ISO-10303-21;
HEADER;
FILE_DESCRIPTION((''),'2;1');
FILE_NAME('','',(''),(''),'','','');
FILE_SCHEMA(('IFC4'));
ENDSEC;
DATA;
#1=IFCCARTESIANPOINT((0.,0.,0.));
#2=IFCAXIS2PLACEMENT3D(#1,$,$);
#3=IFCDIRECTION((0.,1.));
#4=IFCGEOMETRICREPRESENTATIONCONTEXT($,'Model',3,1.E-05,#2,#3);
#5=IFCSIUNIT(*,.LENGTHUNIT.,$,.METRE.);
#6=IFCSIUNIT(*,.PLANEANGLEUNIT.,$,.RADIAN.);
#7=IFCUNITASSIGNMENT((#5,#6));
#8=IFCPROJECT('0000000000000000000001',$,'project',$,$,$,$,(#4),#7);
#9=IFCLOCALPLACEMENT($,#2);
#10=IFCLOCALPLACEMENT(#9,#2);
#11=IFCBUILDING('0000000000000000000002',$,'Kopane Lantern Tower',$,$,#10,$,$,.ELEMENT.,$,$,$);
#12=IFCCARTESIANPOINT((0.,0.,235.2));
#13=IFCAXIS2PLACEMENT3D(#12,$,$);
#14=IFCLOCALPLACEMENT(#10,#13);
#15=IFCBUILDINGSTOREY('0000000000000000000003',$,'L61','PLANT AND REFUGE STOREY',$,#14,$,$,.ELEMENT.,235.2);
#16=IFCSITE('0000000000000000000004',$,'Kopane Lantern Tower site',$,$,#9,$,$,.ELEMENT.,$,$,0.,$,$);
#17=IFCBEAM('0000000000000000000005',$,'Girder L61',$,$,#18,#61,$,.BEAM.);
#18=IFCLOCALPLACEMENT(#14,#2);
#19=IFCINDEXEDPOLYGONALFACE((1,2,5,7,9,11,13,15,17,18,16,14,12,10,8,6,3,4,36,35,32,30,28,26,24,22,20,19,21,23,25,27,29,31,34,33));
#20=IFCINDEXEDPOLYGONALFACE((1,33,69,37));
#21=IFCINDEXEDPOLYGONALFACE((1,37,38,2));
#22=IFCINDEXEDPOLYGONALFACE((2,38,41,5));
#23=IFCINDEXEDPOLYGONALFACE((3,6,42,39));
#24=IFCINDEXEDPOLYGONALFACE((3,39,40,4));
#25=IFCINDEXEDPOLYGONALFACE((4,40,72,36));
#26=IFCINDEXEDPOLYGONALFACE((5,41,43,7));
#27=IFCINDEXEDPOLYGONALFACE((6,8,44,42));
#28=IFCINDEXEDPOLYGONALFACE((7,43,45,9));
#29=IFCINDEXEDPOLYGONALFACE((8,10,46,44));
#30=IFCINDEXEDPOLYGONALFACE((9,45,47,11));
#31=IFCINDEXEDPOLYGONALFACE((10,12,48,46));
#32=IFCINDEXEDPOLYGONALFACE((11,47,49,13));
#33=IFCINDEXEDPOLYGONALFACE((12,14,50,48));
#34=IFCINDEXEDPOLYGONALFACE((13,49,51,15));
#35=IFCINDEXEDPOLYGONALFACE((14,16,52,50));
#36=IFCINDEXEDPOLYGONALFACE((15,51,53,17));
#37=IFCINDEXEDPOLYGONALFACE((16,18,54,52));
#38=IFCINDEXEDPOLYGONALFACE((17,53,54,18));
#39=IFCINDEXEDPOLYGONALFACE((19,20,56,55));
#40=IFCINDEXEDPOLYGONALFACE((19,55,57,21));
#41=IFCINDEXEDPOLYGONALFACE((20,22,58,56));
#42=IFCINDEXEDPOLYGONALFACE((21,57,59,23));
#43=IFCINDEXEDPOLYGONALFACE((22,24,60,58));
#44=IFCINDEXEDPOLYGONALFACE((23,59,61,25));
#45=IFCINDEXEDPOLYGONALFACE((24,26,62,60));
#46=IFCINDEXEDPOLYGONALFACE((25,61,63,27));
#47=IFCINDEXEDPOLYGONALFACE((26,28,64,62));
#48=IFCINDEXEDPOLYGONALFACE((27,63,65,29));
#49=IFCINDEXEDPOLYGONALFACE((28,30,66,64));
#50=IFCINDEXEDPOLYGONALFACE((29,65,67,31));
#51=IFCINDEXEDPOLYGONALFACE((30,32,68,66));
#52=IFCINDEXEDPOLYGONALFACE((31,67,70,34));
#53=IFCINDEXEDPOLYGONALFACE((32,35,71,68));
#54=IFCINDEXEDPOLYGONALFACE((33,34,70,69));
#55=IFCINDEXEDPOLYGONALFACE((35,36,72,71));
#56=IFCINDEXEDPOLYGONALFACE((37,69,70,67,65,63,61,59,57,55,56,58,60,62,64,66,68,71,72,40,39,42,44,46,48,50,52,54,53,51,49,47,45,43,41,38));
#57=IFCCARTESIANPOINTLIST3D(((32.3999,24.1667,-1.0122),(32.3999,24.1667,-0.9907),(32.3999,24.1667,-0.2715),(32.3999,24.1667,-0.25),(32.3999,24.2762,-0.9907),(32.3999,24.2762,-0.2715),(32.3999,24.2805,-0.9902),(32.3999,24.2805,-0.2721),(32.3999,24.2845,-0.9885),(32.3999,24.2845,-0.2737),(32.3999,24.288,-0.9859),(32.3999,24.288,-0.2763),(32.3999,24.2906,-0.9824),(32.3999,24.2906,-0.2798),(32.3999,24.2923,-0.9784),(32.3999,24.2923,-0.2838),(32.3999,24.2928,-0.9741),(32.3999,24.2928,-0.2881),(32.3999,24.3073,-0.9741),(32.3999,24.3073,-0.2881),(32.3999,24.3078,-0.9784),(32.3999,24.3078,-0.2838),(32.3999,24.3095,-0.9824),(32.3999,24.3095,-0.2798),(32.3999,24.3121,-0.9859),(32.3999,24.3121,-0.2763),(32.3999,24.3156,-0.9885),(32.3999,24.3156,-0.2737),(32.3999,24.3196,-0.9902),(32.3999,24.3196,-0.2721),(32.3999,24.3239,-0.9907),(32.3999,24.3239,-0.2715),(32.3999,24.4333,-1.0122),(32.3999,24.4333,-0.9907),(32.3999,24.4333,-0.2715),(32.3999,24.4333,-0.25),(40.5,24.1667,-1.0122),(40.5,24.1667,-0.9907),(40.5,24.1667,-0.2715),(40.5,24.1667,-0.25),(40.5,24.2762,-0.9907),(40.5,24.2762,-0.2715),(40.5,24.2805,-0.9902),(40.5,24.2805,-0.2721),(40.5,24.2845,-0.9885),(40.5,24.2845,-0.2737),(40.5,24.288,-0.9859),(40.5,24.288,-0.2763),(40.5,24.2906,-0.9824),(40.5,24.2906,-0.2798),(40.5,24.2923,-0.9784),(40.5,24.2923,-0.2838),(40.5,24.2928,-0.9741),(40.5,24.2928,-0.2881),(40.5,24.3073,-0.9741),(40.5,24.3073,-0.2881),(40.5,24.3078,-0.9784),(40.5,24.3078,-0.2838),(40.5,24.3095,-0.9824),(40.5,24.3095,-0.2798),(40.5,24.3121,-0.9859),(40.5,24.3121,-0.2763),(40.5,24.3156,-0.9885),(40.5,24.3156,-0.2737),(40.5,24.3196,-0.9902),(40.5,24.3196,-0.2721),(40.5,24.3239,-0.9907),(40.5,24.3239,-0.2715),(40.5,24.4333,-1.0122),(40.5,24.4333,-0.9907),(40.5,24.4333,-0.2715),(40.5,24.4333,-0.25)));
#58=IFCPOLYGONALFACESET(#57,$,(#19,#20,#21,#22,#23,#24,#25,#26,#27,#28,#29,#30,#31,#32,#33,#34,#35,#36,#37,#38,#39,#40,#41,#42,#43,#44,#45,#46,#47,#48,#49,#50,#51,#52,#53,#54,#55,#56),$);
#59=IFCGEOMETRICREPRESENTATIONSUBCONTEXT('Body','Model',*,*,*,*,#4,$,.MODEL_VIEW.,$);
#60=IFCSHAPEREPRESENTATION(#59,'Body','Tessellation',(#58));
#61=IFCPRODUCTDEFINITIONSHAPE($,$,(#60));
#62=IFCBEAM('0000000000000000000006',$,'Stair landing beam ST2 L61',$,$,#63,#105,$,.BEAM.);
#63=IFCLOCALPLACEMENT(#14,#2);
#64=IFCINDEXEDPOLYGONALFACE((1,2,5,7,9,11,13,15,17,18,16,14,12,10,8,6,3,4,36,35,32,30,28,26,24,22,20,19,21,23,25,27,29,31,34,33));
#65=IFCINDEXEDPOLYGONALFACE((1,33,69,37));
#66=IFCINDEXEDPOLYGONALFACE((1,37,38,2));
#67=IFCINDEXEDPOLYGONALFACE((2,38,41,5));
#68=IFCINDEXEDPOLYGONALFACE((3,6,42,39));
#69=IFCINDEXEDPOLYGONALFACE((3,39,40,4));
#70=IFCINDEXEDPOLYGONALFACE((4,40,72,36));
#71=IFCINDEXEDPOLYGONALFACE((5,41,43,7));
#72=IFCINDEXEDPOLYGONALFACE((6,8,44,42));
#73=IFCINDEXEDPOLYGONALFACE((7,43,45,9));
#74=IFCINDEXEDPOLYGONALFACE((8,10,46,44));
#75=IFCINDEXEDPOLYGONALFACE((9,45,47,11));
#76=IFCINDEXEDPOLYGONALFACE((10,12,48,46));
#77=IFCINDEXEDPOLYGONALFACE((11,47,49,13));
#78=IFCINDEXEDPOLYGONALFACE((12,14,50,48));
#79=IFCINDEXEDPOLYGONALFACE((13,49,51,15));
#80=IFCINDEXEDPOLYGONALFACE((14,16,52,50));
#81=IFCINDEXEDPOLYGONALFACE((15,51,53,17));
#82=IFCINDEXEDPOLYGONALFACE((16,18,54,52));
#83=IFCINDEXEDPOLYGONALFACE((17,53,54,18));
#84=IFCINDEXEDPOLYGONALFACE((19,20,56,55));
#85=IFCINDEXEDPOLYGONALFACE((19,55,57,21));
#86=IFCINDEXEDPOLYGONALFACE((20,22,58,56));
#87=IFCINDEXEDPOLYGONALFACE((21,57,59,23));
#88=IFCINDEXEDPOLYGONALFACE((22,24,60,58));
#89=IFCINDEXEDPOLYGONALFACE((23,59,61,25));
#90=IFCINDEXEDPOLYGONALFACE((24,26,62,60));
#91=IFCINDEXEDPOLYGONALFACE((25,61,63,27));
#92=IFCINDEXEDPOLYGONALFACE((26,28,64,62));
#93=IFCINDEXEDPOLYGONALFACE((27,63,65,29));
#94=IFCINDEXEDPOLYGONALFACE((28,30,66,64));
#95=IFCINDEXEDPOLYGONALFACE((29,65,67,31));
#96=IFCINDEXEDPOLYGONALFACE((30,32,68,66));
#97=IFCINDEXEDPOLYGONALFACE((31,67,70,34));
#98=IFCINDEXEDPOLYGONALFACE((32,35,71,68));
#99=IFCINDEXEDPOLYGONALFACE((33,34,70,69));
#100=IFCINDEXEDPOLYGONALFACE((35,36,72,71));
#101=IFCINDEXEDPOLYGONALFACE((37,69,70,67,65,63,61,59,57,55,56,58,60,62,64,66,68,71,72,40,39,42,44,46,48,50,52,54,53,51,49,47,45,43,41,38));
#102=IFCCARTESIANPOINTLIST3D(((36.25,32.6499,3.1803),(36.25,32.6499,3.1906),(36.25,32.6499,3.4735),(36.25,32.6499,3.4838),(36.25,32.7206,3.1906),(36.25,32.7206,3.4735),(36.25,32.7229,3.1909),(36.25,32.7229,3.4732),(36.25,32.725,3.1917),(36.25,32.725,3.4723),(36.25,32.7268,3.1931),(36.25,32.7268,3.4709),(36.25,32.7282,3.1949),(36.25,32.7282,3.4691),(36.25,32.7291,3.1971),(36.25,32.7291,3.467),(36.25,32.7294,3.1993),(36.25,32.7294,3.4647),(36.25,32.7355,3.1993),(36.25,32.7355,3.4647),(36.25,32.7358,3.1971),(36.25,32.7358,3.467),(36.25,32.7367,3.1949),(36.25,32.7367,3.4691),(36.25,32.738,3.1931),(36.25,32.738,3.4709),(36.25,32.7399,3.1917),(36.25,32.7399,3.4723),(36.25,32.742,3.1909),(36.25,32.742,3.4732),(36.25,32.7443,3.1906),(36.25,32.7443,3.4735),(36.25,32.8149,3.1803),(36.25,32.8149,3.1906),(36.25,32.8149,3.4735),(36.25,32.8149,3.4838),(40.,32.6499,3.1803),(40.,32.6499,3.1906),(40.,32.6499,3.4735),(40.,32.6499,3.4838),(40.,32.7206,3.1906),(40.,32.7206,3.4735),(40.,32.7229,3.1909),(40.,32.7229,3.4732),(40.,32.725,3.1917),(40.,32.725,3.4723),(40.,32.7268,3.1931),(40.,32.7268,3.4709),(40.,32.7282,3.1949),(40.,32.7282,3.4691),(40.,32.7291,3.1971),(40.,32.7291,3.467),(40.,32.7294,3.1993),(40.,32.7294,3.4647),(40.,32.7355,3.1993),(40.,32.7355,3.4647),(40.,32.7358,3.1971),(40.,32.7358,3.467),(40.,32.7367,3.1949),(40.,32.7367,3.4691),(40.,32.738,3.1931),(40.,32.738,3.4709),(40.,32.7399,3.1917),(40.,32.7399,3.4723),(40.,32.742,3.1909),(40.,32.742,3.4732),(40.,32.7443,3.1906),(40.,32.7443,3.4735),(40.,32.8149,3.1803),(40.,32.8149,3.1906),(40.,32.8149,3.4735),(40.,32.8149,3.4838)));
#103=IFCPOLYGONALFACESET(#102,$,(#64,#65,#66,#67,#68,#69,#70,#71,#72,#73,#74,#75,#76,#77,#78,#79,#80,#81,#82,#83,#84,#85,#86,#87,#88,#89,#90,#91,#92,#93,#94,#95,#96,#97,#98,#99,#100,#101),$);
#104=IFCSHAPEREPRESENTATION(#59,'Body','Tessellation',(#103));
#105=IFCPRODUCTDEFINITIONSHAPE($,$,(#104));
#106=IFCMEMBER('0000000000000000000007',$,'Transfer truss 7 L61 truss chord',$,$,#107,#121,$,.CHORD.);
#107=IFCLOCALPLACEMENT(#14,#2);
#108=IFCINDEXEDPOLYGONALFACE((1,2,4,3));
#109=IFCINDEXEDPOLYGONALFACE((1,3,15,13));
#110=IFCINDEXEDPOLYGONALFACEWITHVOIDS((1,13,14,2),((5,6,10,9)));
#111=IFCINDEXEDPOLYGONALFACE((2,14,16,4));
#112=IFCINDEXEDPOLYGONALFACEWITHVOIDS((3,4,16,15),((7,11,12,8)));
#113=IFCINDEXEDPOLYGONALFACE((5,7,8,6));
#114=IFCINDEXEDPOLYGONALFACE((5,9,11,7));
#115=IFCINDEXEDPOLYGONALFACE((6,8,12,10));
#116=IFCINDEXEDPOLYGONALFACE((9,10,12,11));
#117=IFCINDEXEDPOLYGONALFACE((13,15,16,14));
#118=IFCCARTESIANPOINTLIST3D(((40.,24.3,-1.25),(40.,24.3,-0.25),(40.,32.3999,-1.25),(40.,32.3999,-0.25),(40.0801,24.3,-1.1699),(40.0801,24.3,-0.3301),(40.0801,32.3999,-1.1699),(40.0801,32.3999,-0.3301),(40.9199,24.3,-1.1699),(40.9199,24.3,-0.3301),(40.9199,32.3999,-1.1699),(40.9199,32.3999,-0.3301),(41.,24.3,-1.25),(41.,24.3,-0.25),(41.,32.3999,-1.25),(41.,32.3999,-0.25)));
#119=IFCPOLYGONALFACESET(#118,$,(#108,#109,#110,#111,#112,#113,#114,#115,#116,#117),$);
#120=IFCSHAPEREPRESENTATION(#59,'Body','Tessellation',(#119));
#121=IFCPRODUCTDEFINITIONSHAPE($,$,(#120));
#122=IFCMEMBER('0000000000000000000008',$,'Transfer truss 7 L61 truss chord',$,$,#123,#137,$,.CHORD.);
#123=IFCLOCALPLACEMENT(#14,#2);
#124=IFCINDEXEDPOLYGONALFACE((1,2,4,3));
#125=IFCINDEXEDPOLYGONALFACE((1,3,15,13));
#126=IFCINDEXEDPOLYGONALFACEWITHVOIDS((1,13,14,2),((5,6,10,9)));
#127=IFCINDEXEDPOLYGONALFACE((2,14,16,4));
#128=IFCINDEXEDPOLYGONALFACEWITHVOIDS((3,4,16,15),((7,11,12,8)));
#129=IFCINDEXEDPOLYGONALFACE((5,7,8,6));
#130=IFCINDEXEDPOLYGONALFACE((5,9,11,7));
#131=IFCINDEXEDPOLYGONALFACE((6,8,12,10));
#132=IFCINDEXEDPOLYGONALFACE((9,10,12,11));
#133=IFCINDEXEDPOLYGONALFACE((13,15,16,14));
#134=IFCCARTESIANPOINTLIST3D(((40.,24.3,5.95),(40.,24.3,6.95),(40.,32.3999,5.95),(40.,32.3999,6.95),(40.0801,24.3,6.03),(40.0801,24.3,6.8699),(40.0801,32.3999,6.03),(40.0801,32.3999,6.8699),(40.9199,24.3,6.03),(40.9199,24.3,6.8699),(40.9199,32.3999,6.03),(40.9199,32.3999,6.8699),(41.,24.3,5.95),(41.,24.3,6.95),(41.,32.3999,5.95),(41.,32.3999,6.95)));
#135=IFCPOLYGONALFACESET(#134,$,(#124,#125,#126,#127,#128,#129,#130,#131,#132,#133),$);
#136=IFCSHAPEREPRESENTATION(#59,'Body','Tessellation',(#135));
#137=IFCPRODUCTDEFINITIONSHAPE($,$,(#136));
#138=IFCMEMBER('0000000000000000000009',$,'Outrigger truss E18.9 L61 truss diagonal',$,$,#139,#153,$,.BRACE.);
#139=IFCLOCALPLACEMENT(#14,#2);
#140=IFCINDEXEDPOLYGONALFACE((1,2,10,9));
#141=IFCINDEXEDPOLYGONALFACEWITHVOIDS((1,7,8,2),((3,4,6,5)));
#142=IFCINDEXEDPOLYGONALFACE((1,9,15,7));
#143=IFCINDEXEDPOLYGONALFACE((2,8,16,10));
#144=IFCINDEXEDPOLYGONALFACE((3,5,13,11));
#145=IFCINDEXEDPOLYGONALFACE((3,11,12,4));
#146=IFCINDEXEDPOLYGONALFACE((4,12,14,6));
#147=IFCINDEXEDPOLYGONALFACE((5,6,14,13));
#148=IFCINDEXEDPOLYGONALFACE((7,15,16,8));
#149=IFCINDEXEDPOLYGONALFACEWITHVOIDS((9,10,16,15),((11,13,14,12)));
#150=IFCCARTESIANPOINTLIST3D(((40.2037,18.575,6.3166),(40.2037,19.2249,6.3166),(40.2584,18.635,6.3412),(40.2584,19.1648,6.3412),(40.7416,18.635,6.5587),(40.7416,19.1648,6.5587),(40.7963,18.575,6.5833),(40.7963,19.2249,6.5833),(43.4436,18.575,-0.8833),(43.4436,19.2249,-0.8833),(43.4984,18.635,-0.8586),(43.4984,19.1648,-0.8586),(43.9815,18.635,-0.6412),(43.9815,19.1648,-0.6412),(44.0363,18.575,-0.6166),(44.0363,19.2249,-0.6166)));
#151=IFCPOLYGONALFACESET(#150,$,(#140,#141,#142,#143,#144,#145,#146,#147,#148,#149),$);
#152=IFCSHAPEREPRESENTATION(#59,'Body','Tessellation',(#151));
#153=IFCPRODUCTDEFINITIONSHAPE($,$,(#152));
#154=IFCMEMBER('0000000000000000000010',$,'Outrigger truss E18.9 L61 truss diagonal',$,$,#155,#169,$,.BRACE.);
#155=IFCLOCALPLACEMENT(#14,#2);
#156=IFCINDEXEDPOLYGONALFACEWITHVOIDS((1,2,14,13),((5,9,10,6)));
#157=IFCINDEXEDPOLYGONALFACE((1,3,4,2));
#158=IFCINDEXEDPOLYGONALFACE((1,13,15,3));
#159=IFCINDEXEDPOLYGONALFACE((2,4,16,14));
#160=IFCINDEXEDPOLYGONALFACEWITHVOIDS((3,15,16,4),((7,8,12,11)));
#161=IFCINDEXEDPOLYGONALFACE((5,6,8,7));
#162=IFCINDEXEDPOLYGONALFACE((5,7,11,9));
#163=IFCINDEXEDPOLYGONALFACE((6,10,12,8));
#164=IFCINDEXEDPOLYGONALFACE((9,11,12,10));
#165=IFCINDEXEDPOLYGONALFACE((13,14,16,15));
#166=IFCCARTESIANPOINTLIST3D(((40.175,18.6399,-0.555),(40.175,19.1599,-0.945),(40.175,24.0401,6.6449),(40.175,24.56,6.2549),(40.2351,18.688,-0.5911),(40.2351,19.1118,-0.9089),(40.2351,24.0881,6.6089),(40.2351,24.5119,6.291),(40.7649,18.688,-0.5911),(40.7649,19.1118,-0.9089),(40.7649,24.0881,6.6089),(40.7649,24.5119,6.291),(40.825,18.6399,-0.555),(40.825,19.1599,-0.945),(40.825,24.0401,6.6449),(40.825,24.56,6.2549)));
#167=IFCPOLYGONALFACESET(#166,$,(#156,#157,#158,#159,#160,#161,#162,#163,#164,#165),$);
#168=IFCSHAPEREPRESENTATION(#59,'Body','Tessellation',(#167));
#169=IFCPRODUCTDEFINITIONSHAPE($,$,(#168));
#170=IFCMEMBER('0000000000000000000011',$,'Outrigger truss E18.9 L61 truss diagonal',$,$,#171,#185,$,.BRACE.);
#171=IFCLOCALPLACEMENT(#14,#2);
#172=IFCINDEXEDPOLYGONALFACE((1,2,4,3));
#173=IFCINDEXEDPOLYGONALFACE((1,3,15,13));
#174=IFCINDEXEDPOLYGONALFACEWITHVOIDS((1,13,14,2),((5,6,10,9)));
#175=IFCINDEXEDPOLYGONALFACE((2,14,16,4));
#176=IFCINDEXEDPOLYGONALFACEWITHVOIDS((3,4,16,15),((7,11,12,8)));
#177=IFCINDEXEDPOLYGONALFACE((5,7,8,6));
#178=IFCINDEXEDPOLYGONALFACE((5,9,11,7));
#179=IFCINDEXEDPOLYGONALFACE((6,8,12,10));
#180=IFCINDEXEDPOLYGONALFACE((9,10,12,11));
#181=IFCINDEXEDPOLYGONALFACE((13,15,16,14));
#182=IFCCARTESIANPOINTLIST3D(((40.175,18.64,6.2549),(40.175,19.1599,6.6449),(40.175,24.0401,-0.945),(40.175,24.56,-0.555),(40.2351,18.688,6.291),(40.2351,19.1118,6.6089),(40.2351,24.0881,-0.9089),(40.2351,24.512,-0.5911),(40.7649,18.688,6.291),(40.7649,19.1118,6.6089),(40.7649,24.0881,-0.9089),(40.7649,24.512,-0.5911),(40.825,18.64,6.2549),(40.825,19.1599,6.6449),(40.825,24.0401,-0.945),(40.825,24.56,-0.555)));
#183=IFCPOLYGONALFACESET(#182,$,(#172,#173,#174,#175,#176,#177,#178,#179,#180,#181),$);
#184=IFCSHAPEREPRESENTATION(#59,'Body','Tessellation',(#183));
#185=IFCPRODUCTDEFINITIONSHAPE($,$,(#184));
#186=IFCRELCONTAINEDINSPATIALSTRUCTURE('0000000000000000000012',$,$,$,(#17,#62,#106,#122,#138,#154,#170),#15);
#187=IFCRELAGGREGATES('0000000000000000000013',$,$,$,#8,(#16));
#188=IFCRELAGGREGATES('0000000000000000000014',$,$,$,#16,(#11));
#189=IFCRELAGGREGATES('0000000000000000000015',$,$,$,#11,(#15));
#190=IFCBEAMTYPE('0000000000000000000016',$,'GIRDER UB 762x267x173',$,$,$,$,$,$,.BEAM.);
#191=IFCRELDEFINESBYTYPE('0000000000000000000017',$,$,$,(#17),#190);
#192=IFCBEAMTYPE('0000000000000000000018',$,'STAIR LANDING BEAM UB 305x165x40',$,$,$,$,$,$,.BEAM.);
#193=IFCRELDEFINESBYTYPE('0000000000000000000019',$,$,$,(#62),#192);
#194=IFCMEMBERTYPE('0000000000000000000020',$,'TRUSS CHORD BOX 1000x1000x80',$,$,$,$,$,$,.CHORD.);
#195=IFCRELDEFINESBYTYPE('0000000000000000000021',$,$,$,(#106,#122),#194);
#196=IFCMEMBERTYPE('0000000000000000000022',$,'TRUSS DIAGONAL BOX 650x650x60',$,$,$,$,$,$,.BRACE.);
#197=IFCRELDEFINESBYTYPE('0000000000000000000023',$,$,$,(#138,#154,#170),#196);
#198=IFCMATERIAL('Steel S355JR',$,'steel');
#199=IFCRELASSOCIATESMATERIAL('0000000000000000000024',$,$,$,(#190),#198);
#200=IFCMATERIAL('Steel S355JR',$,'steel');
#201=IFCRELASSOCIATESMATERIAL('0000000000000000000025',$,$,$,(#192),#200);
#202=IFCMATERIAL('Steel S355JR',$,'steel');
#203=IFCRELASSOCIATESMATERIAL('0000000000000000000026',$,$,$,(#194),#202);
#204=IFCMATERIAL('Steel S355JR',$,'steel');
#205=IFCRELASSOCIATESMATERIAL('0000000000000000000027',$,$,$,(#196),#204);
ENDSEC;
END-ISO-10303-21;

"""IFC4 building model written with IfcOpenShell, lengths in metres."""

from ifc_helpers import new_model, si_unit, direction, frame, origin, origin_2d, place, context, subcontext, project, spatial, hollow_rectangle, i_section, extrude, material, material_profile, profile_set, type_object, element, save


model = new_model("IFC4")

# Units and contexts
model_context = context("Model", 3, precision=1e-05, world=origin(), true_north=direction((0.0, 1.0)))
body_context = subcontext(model_context, "Body", "Model", "MODEL_VIEW")
ifc_project = project(units=[si_unit("LENGTHUNIT", "METRE"), si_unit("PLANEANGLEUNIT", "RADIAN")], contexts=[model_context])

# Site, building, storey
site_placement = place(None, origin())
site = spatial("IfcSite", under=ifc_project, at=site_placement, Name="Kopane Lantern Tower site", CompositionType="ELEMENT", RefElevation=0.0)
building_placement = place(site_placement, origin())
building = spatial("IfcBuilding", under=site, at=building_placement, Name="Kopane Lantern Tower", CompositionType="ELEMENT")
storey_placement = place(building_placement, frame((0.0, 0.0, 235.2)))
storey = spatial("IfcBuildingStorey", under=building, at=storey_placement, Name="L61", Description="PLANT AND REFUGE STOREY", CompositionType="ELEMENT", Elevation=235.2)

# Beams
ifc_material_1 = material(Name="Steel S355JR", Category="steel")
ifc_material_profile_1 = material_profile(ifc_material_1, i_section(OverallWidth=0.2666, OverallDepth=0.7622, WebThickness=0.0144, FlangeThickness=0.0215, FilletRadius=0.0166, at=origin_2d()), Name="UB 762x267x173")
ifc_profile_set_1 = profile_set([ifc_material_profile_1], Name="Steel S355JR")
beam_type_1 = type_object("IfcBeamType", Name="GIRDER UB 762x267x173", PredefinedType="BEAM", material=ifc_profile_set_1)
beam_1_placement = place(storey_placement, frame((32.3999, 24.3, -0.6311), z_axis=(1.0, 0.0, 0.0), x_axis=(0.0, 1.0, 0.0)))
element("IfcBeam", 1, at=beam_1_placement, inside=storey, type_object=beam_type_1, Name="Girder L61", PredefinedType="BEAM", context=body_context, shape_type="SweptSolid", body=[
    extrude(i_section(OverallWidth=0.2666, OverallDepth=0.7622, WebThickness=0.0144, FlangeThickness=0.0215, FilletRadius=0.0166, at=origin_2d()), origin(), (0.0, 0.0, 1.0), 8.1001),
])
ifc_material_2 = material(Name="Steel S355JR", Category="steel")
ifc_material_profile_2 = material_profile(ifc_material_2, i_section(OverallWidth=0.165, OverallDepth=0.3035, WebThickness=0.0061, FlangeThickness=0.0103, FilletRadius=0.0088, at=origin_2d()), Name="UB 305x165x40")
ifc_profile_set_2 = profile_set([ifc_material_profile_2], Name="Steel S355JR")
beam_type_2 = type_object("IfcBeamType", Name="STAIR LANDING BEAM UB 305x165x40", PredefinedType="BEAM", material=ifc_profile_set_2)
beam_2_placement = place(storey_placement, frame((40.0, 32.7324, 3.332), z_axis=(-1.0, 0.0, 0.0), x_axis=(0.0, -1.0, 0.0)))
element("IfcBeam", 2, at=beam_2_placement, inside=storey, type_object=beam_type_2, Name="Stair landing beam ST2 L61", PredefinedType="BEAM", context=body_context, shape_type="SweptSolid", body=[
    extrude(i_section(OverallWidth=0.165, OverallDepth=0.3035, WebThickness=0.0061, FlangeThickness=0.0103, FilletRadius=0.0088, at=origin_2d()), origin(), (0.0, 0.0, 1.0), 3.75),
])

# Members
ifc_material_3 = material(Name="Steel S355JR", Category="steel")
ifc_material_profile_3 = material_profile(ifc_material_3, hollow_rectangle(XDim=1.0, YDim=1.0, WallThickness=0.0801, at=origin_2d()), Name="BOX 1000x1000x80")
ifc_profile_set_3 = profile_set([ifc_material_profile_3], Name="Steel S355JR")
member_type_1 = type_object("IfcMemberType", Name="TRUSS CHORD BOX 1000x1000x80", PredefinedType="CHORD", material=ifc_profile_set_3)
for number, where, z_axis, x_axis, name in (
    (3, (40.5, 24.3, -0.75), (0.0, 1.0, 0.0), (-1.0, 0.0, 0.0), "Transfer truss 7 L61 truss chord"),
    (4, (40.5, 24.3, 6.45), (0.0, 1.0, 0.0), (-1.0, 0.0, 0.0), "Transfer truss 7 L61 truss chord"),
):
    element("IfcMember", number, at=place(storey_placement, frame(where, z_axis=z_axis, x_axis=x_axis)), inside=storey, type_object=member_type_1, Name=name, PredefinedType="CHORD", context=body_context, shape_type="SweptSolid", body=[
        extrude(hollow_rectangle(XDim=1.0, YDim=1.0, WallThickness=0.0801, at=origin_2d()), origin(), (0.0, 0.0, 1.0), 8.0999),
    ])
ifc_material_4 = material(Name="Steel S355JR", Category="steel")
ifc_material_profile_4 = material_profile(ifc_material_4, hollow_rectangle(XDim=0.6499, YDim=0.6499, WallThickness=0.0601, at=origin_2d()), Name="BOX 650x650x60")
ifc_profile_set_4 = profile_set([ifc_material_profile_4], Name="Steel S355JR")
member_type_2 = type_object("IfcMemberType", Name="TRUSS DIAGONAL BOX 650x650x60", PredefinedType="BRACE", material=ifc_profile_set_4)
member_1_placement = place(storey_placement, frame((40.5, 18.8999, 6.45), z_axis=(0.410366, 0.0, -0.911921), x_axis=(0.0, 1.0, 0.0)))
element("IfcMember", 5, at=member_1_placement, inside=storey, type_object=member_type_2, Name="Outrigger truss E18.9 L61 truss diagonal", PredefinedType="BRACE", context=body_context, shape_type="SweptSolid", body=[
    extrude(hollow_rectangle(XDim=0.6499, YDim=0.6499, WallThickness=0.0601, at=origin_2d()), origin(), (0.0, 0.0, 1.0), 7.8953),
])
for number, where, z_axis, x_axis, name in (
    (6, (40.5, 18.8999, -0.75), (0.0, 0.600013, 0.79999), (-1.0, 0.0, 0.0), "Outrigger truss E18.9 L61 truss diagonal"),
    (7, (40.5, 24.3, -0.75), (0.0, -0.600013, 0.79999), (1.0, 0.0, 0.0), "Outrigger truss E18.9 L61 truss diagonal"),
):
    element("IfcMember", number, at=place(storey_placement, frame(where, z_axis=z_axis, x_axis=x_axis)), inside=storey, type_object=member_type_2, Name=name, PredefinedType="BRACE", context=body_context, shape_type="SweptSolid", body=[
        extrude(hollow_rectangle(XDim=0.6499, YDim=0.6499, WallThickness=0.0601, at=origin_2d()), origin(), (0.0, 0.0, 1.0), 9.0),
    ])

save(model, "model.ifc")
